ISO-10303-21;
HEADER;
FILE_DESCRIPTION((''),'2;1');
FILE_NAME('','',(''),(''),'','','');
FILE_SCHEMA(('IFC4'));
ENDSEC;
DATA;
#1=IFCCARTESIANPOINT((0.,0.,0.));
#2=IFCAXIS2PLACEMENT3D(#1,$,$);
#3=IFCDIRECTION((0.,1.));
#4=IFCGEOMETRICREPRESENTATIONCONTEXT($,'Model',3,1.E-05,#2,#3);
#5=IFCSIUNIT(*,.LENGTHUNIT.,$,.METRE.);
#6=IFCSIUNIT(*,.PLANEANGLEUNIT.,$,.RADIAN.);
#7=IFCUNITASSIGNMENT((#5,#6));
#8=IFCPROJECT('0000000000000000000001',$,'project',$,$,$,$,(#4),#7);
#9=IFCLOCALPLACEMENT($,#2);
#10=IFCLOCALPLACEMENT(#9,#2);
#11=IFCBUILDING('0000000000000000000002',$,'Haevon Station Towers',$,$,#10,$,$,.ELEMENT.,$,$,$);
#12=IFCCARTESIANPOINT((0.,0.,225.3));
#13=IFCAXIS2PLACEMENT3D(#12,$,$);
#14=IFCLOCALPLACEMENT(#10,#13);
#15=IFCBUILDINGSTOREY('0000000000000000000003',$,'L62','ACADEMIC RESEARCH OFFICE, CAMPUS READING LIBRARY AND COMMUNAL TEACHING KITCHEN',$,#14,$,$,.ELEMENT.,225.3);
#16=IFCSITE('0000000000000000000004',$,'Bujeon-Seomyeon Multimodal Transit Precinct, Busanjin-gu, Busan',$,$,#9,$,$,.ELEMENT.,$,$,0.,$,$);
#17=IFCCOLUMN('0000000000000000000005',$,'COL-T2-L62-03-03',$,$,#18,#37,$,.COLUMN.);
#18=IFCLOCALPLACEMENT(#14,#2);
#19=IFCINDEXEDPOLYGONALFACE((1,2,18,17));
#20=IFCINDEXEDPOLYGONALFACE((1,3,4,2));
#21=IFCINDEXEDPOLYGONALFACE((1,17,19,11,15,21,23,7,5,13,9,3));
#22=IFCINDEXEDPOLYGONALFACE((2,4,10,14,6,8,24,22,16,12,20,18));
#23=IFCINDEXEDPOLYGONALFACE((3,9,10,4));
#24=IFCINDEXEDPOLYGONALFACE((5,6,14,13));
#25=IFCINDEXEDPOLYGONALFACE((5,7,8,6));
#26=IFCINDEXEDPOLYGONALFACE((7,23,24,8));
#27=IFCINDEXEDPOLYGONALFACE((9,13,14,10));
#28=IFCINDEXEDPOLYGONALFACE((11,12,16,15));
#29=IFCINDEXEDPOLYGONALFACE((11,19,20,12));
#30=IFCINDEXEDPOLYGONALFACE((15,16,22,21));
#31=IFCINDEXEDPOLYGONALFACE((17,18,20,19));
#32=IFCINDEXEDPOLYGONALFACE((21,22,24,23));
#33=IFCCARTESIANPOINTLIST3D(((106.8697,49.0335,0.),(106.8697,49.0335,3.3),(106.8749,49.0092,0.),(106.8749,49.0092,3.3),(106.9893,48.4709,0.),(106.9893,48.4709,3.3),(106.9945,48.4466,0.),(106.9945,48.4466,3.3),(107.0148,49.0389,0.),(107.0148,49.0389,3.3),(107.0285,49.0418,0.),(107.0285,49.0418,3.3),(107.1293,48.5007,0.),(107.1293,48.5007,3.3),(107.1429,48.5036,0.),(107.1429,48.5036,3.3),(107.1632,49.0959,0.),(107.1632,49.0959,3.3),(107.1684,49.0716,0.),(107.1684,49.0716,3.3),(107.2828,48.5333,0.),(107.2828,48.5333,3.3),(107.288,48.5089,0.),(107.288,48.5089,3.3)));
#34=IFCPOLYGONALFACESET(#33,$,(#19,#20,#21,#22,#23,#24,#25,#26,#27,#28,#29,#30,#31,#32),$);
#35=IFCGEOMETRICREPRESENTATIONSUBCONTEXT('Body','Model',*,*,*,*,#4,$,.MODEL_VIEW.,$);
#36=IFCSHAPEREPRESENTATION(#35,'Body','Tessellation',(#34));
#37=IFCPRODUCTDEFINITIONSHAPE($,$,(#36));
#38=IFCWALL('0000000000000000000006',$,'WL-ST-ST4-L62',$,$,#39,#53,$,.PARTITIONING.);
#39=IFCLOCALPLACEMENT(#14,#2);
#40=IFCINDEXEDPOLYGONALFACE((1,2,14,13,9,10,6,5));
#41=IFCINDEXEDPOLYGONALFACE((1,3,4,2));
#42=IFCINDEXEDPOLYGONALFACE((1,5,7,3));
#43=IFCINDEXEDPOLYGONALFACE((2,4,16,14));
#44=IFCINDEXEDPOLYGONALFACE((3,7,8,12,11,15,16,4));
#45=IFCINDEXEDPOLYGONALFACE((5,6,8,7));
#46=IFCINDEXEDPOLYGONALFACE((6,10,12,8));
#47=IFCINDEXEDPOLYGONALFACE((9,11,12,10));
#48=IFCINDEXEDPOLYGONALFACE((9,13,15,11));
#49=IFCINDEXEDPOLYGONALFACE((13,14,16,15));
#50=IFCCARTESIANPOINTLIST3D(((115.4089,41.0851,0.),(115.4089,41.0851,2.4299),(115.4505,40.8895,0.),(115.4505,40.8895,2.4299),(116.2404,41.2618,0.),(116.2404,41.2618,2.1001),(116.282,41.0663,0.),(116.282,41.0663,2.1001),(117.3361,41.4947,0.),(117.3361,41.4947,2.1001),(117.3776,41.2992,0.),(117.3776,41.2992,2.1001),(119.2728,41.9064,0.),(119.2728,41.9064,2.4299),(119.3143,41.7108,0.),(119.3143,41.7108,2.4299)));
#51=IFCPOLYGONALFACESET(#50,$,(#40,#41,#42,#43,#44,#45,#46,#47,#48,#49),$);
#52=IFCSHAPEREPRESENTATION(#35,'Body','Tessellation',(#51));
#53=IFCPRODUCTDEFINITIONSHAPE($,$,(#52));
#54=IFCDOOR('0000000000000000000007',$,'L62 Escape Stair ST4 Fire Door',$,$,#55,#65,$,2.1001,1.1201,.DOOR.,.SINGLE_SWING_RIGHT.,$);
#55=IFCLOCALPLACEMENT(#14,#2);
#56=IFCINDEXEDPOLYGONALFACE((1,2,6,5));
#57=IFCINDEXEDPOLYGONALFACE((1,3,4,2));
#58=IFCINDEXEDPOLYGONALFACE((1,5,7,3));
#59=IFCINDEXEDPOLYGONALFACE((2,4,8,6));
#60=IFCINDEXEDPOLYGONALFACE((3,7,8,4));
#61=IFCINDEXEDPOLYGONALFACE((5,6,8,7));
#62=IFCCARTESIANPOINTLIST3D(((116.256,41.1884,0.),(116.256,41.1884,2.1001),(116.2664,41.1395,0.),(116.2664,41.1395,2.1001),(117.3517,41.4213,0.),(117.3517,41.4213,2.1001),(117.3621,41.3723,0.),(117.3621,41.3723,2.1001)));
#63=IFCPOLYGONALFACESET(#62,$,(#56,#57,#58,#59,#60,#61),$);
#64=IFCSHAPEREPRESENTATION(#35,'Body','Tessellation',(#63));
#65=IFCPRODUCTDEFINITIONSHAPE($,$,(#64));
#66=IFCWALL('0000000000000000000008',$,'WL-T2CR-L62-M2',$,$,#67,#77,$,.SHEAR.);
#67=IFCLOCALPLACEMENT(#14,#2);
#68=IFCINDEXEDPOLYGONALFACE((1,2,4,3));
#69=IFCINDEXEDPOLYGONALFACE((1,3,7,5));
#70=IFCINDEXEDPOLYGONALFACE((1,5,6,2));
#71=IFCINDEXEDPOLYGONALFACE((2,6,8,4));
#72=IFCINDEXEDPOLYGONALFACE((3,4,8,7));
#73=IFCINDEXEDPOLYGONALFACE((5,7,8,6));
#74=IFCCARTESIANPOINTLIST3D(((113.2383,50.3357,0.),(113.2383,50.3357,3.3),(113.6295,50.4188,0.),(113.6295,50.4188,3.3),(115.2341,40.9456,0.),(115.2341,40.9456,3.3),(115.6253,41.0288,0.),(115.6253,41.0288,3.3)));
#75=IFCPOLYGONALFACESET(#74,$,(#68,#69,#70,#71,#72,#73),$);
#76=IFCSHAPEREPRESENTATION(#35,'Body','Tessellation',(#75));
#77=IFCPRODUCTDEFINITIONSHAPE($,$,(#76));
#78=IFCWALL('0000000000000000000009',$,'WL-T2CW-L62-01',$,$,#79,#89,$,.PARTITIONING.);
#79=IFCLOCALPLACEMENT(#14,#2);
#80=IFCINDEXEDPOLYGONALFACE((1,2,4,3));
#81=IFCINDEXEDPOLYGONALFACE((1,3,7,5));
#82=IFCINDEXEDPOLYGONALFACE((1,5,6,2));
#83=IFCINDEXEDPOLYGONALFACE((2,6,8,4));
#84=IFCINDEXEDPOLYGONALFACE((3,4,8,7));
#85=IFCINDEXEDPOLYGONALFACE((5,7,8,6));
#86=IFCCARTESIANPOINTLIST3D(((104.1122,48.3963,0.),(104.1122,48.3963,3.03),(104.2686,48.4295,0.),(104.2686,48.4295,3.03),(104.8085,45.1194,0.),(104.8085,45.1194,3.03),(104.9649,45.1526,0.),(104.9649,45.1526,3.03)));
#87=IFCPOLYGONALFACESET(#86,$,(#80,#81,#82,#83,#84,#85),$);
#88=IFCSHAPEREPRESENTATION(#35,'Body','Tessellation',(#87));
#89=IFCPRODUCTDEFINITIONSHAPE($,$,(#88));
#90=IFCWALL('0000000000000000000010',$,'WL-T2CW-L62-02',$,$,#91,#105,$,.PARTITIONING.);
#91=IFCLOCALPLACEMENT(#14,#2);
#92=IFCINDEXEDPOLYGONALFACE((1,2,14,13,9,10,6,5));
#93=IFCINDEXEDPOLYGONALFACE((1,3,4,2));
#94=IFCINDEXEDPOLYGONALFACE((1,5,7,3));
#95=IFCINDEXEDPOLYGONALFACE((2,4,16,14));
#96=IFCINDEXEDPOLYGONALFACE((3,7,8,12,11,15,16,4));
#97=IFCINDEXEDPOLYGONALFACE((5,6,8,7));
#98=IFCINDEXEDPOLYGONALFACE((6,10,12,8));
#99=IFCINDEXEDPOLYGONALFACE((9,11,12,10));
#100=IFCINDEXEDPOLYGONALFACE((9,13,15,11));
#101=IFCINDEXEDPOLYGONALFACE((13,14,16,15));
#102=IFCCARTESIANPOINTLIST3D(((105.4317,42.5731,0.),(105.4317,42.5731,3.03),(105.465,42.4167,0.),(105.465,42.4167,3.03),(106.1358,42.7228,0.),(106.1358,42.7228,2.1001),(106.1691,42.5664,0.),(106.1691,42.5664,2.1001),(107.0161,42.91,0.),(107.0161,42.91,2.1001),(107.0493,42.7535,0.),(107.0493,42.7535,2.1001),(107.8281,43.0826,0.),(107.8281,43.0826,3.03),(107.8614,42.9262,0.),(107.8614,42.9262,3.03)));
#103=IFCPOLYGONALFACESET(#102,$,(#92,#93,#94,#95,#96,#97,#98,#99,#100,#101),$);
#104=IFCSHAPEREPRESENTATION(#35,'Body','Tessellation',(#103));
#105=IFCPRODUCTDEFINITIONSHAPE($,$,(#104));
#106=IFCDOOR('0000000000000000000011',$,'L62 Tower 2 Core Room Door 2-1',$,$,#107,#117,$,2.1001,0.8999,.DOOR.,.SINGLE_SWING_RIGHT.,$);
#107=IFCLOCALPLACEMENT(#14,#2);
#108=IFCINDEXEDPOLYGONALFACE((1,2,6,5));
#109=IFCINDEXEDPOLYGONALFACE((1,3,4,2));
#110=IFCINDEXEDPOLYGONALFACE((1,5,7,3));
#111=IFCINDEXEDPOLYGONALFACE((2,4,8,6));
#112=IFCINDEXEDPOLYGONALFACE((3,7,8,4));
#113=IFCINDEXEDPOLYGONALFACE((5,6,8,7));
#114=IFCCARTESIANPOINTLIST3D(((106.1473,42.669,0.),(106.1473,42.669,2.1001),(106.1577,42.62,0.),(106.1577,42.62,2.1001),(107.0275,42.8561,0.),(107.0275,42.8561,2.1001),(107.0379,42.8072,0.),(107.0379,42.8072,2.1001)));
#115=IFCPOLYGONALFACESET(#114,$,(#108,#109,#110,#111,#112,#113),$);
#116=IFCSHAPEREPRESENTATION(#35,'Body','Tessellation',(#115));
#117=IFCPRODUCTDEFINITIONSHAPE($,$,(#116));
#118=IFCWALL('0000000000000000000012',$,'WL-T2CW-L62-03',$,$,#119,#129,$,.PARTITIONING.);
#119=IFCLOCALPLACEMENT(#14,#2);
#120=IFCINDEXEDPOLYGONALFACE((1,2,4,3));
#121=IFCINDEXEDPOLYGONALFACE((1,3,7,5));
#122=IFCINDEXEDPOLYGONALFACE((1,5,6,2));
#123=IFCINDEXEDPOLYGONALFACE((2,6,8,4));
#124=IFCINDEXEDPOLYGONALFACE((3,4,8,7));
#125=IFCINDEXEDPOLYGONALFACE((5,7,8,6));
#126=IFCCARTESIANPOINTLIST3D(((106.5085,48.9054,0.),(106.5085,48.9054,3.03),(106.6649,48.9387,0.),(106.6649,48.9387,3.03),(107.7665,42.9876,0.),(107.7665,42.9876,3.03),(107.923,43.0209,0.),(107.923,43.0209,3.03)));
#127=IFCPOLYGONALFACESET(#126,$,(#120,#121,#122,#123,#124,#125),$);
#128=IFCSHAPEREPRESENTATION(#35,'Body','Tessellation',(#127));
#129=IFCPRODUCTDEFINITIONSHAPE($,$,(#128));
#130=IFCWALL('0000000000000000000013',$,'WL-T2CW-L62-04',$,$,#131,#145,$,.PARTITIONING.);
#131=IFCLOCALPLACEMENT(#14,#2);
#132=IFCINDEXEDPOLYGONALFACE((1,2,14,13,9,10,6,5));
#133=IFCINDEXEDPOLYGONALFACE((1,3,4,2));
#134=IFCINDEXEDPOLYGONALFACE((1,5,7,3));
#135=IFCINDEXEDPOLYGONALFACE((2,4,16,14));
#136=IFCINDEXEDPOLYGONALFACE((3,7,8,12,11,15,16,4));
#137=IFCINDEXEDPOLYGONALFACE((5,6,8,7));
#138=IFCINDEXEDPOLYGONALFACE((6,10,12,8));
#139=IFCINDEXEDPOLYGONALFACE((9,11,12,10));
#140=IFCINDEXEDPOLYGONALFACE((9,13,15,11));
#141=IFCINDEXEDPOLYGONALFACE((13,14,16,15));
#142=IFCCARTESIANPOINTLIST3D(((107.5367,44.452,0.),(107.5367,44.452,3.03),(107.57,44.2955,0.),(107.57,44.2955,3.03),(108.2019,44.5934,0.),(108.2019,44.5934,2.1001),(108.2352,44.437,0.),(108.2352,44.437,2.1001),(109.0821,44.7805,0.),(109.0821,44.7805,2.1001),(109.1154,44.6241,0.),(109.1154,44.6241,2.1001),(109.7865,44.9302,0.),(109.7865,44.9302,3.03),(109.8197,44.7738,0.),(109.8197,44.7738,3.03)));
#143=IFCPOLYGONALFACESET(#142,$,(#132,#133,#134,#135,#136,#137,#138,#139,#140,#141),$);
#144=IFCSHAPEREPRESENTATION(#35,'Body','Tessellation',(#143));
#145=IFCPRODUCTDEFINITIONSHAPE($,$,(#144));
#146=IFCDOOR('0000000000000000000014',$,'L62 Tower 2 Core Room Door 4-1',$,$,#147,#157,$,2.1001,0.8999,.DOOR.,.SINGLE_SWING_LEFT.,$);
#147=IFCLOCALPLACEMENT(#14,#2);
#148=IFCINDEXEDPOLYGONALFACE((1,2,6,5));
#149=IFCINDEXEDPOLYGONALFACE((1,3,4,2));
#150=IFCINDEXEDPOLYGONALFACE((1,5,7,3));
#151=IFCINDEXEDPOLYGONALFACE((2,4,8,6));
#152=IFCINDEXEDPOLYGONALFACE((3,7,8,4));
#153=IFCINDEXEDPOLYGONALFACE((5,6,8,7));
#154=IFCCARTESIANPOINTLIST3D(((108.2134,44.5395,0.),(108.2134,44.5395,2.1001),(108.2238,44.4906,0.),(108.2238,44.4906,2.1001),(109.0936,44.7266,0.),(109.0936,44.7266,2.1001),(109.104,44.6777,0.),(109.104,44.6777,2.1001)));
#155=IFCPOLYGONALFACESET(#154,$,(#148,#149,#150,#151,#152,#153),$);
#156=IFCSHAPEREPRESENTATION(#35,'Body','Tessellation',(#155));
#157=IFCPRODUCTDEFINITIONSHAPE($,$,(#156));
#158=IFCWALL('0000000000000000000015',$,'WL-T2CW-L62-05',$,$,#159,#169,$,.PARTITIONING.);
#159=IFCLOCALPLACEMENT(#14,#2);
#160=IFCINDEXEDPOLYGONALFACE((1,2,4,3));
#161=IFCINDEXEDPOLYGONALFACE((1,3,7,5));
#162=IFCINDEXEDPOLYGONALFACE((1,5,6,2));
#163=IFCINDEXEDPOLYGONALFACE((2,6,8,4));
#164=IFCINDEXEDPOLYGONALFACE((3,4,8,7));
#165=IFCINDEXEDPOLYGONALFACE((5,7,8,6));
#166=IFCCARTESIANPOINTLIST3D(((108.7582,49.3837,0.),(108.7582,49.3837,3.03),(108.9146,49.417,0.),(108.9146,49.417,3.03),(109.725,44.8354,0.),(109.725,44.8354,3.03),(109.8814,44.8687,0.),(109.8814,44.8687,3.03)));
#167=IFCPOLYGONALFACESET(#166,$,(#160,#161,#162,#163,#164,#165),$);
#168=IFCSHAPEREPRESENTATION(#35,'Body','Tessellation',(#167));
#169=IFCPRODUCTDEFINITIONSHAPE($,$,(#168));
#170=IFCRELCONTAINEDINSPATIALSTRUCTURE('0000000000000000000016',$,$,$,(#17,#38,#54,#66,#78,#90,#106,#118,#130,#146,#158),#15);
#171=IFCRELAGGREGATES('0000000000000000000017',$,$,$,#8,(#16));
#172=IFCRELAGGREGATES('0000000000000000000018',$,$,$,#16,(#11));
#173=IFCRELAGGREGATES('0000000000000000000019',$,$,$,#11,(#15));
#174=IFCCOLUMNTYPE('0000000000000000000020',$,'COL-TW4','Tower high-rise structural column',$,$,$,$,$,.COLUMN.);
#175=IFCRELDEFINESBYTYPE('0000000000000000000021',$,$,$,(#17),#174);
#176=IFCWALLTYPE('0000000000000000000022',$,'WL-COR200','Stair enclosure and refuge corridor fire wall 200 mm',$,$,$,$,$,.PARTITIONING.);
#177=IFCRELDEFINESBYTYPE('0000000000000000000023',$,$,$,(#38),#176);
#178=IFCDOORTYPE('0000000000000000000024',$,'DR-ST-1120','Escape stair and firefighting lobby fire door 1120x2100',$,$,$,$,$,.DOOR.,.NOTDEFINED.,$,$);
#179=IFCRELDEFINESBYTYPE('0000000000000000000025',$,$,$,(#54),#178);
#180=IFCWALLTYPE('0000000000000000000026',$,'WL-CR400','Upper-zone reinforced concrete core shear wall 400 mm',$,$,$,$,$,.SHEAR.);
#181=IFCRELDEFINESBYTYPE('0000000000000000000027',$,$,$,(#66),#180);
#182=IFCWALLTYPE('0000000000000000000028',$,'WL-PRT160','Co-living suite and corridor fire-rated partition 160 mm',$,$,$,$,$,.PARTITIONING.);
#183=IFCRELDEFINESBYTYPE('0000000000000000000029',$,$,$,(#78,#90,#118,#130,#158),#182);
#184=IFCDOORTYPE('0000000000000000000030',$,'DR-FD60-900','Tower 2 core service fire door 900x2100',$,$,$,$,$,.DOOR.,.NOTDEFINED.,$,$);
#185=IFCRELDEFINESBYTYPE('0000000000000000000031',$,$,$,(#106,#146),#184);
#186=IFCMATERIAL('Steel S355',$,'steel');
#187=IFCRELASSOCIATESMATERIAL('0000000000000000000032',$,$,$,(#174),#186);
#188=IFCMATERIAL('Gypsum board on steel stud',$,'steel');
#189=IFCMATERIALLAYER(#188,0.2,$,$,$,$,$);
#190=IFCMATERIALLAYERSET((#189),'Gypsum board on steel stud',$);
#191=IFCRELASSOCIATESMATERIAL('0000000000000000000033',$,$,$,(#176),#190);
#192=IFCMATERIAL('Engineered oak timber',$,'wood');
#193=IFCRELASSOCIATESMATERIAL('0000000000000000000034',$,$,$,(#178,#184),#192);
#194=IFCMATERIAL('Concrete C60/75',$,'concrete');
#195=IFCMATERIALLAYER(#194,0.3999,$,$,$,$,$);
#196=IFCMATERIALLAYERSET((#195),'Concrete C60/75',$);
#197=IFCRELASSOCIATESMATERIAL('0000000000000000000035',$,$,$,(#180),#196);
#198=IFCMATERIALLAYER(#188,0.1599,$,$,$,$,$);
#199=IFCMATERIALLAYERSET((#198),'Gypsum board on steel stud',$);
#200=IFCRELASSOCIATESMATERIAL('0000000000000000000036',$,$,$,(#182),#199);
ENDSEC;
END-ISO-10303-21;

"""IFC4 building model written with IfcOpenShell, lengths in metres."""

from ifc_helpers import new_model, si_unit, direction, frame, frame_2d, origin, origin_2d, place, context, subcontext, project, spatial, rectangle, i_section, extrude, material, layer, layer_set, material_profile, profile_set, type_object, element, fill, save


model = new_model("IFC4")

# Units and contexts
model_context = context("Model", 3, precision=1e-05, world=origin(), true_north=direction((0.0, 1.0)))
body_context = subcontext(model_context, "Body", "Model", "MODEL_VIEW")
ifc_project = project(units=[si_unit("LENGTHUNIT", "METRE"), si_unit("PLANEANGLEUNIT", "RADIAN")], contexts=[model_context])

# Site, building, storey
site_placement = place(None, origin())
site = spatial("IfcSite", under=ifc_project, at=site_placement, Name="Bujeon-Seomyeon Multimodal Transit Precinct, Busanjin-gu, Busan", CompositionType="ELEMENT", RefElevation=0.0)
building_placement = place(site_placement, origin())
building = spatial("IfcBuilding", under=site, at=building_placement, Name="Haevon Station Towers", CompositionType="ELEMENT")
storey_placement = place(building_placement, frame((0.0, 0.0, 225.3)))
storey = spatial("IfcBuildingStorey", under=building, at=storey_placement, Name="L62", Description="ACADEMIC RESEARCH OFFICE, CAMPUS READING LIBRARY AND COMMUNAL TEACHING KITCHEN", CompositionType="ELEMENT", Elevation=225.3)

# Column
ifc_material_1 = material(Name="Steel S355", Category="steel")
ifc_material_profile = material_profile(ifc_material_1, i_section(OverallWidth=0.3, OverallDepth=0.6001, WebThickness=0.0139, FlangeThickness=0.0249, at=origin_2d()), Name="H-600x300x14x25")
ifc_profile_set = profile_set([ifc_material_profile], Name="Steel S355")
column_type = type_object("IfcColumnType", Name="COL-TW4", Description="Tower high-rise structural column", PredefinedType="COLUMN", material=ifc_profile_set)
column_placement = place(storey_placement, frame((107.0789, 48.7712, 0.0), z_axis=(0.0, 0.0, 1.0), x_axis=(0.978148, 0.207912, 0.0)))
element("IfcColumn", 1, at=column_placement, inside=storey, type_object=column_type, Name="COL-T2-L62-03-03", PredefinedType="COLUMN", context=body_context, shape_type="SweptSolid", body=[
    extrude(i_section(OverallWidth=0.3, OverallDepth=0.6001, WebThickness=0.0139, FlangeThickness=0.0249, at=origin_2d()), origin(), (0.0, 0.0, 1.0), 3.3),
])

# Wall, opening, door
ifc_material_2 = material(Name="Gypsum board on steel stud", Category="steel")
ifc_layer_1 = layer(ifc_material_2, 0.2)
ifc_layer_set_1 = layer_set([ifc_layer_1], Name="Gypsum board on steel stud")
wall_type_1 = type_object("IfcWallType", Name="WL-COR200", Description="Stair enclosure and refuge corridor fire wall 200 mm", PredefinedType="PARTITIONING", material=ifc_layer_set_1)
wall_1_placement = place(storey_placement, frame((115.4297, 40.9873, 0.0), z_axis=(0.0, 0.0, 1.0), x_axis=(0.978147, 0.207916, 0.0)))
wall_1 = element("IfcWall", 2, at=wall_1_placement, inside=storey, type_object=wall_type_1, Name="WL-ST-ST4-L62", PredefinedType="PARTITIONING", context=body_context, shape_type="SweptSolid", body=[
    extrude(rectangle(XDim=3.9502, YDim=0.2, at=frame_2d((1.9751, 0.0))), origin(), (0.0, 0.0, 1.0), 2.4299),
])
opening_1_placement = place(wall_1_placement, frame((0.8501, 0.0, 0.0)))
opening_1 = element("IfcOpeningElement", 3, at=opening_1_placement, cuts=wall_1, PredefinedType="OPENING", context=body_context, shape_type="SweptSolid", body=[
    extrude(rectangle(XDim=1.1201, YDim=2.1001, at=frame_2d((0.5601, 1.05))), frame((0.0, 0.1099, 0.0), z_axis=(0.0, -1.0, 0.0), x_axis=(1.0, 0.0, 0.0)), (0.0, 0.0, 1.0), 0.22),
])
ifc_material_3 = material(Name="Engineered oak timber", Category="wood")
door_type_1 = type_object("IfcDoorType", Name="DR-ST-1120", Description="Escape stair and firefighting lobby fire door 1120x2100", OperationType="NOTDEFINED", PredefinedType="DOOR", material=ifc_material_3)
door_1_placement = place(opening_1_placement, origin())
door_1 = element("IfcDoor", 4, at=door_1_placement, inside=storey, type_object=door_type_1, Name="L62 Escape Stair ST4 Fire Door", OperationType="SINGLE_SWING_RIGHT", OverallHeight=2.1001, OverallWidth=1.1201, PredefinedType="DOOR", context=body_context, shape_type="SweptSolid", body=[
    extrude(rectangle(XDim=1.1201, YDim=2.1001, at=frame_2d((0.5601, 1.05))), frame((0.0, 0.0249, 0.0), z_axis=(0.0, -1.0, 0.0), x_axis=(1.0, 0.0, 0.0)), (0.0, 0.0, 1.0), 0.05),
])
fill(opening_1, door_1)

# Walls
ifc_material_4 = material(Name="Concrete C60/75", Category="concrete")
ifc_layer_2 = layer(ifc_material_4, 0.3999)
ifc_layer_set_2 = layer_set([ifc_layer_2], Name="Concrete C60/75")
wall_type_2 = type_object("IfcWallType", Name="WL-CR400", Description="Upper-zone reinforced concrete core shear wall 400 mm", PredefinedType="SHEAR", material=ifc_layer_set_2)
wall_2_placement = place(storey_placement, frame((115.4297, 40.9873, 0.0), z_axis=(0.0, 0.0, 1.0), x_axis=(-0.207903, 0.978149, 0.0)))
element("IfcWall", 5, at=wall_2_placement, inside=storey, type_object=wall_type_2, Name="WL-T2CR-L62-M2", PredefinedType="SHEAR", context=body_context, shape_type="SweptSolid", body=[
    extrude(rectangle(XDim=9.5999, YDim=0.3999, at=frame_2d((4.7998, 0.0))), origin(), (0.0, 0.0, 1.0), 3.3),
])
ifc_layer_3 = layer(ifc_material_2, 0.1599)
ifc_layer_set_3 = layer_set([ifc_layer_3], Name="Gypsum board on steel stud")
wall_type_3 = type_object("IfcWallType", Name="WL-PRT160", Description="Co-living suite and corridor fire-rated partition 160 mm", PredefinedType="PARTITIONING", material=ifc_layer_set_3)
wall_3_placement = place(storey_placement, frame((104.8867, 45.136, 0.0), z_axis=(0.0, 0.0, 1.0), x_axis=(-0.207847, 0.978161, 0.0)))
element("IfcWall", 6, at=wall_3_placement, inside=storey, type_object=wall_type_3, Name="WL-T2CW-L62-01", PredefinedType="PARTITIONING", context=body_context, shape_type="SweptSolid", body=[
    extrude(rectangle(XDim=3.3501, YDim=0.1599, at=frame_2d((1.675, 0.0))), origin(), (0.0, 0.0, 1.0), 3.03),
])

# Wall, opening, door
wall_4_placement = place(storey_placement, frame((105.4482, 42.4949, 0.0), z_axis=(0.0, 0.0, 1.0), x_axis=(0.978137, 0.207964, 0.0)))
wall_4 = element("IfcWall", 7, at=wall_4_placement, inside=storey, type_object=wall_type_3, Name="WL-T2CW-L62-02", PredefinedType="PARTITIONING", context=body_context, shape_type="SweptSolid", body=[
    extrude(rectangle(XDim=2.45, YDim=0.1599, at=frame_2d((1.2251, 0.0))), origin(), (0.0, 0.0, 1.0), 3.03),
])
opening_2_placement = place(wall_4_placement, frame((0.72, 0.0, 0.0)))
opening_2 = element("IfcOpeningElement", 8, at=opening_2_placement, cuts=wall_4, PredefinedType="OPENING", context=body_context, shape_type="SweptSolid", body=[
    extrude(rectangle(XDim=0.8999, YDim=2.1001, at=frame_2d((0.45, 1.05))), frame((0.0, 0.0898, 0.0), z_axis=(0.0, -1.0, 0.0), x_axis=(1.0, 0.0, 0.0)), (0.0, 0.0, 1.0), 0.1799),
])
door_type_2 = type_object("IfcDoorType", Name="DR-FD60-900", Description="Tower 2 core service fire door 900x2100", OperationType="NOTDEFINED", PredefinedType="DOOR", material=ifc_material_3)
door_2_placement = place(opening_2_placement, origin())
door_2 = element("IfcDoor", 9, at=door_2_placement, inside=storey, type_object=door_type_2, Name="L62 Tower 2 Core Room Door 2-1", OperationType="SINGLE_SWING_RIGHT", OverallHeight=2.1001, OverallWidth=0.8999, PredefinedType="DOOR", context=body_context, shape_type="SweptSolid", body=[
    extrude(rectangle(XDim=0.8999, YDim=2.1001, at=frame_2d((0.45, 1.05))), frame((0.0, 0.0249, 0.0), z_axis=(0.0, -1.0, 0.0), x_axis=(1.0, 0.0, 0.0)), (0.0, 0.0, 1.0), 0.05),
])
fill(opening_2, door_2)

# Wall
wall_5_placement = place(storey_placement, frame((107.8447, 43.0044, 0.0), z_axis=(0.0, 0.0, 1.0), x_axis=(-0.207944, 0.978141, 0.0)))
element("IfcWall", 10, at=wall_5_placement, inside=storey, type_object=wall_type_3, Name="WL-T2CW-L62-03", PredefinedType="PARTITIONING", context=body_context, shape_type="SweptSolid", body=[
    extrude(rectangle(XDim=6.05, YDim=0.1599, at=frame_2d((3.0249, 0.0))), origin(), (0.0, 0.0, 1.0), 3.03),
])

# Wall, opening, door
wall_6_placement = place(storey_placement, frame((107.5535, 44.3738, 0.0), z_axis=(0.0, 0.0, 1.0), x_axis=(0.978141, 0.207941, 0.0)))
wall_6 = element("IfcWall", 11, at=wall_6_placement, inside=storey, type_object=wall_type_3, Name="WL-T2CW-L62-04", PredefinedType="PARTITIONING", context=body_context, shape_type="SweptSolid", body=[
    extrude(rectangle(XDim=2.3, YDim=0.1599, at=frame_2d((1.1499, 0.0))), origin(), (0.0, 0.0, 1.0), 3.03),
])
opening_3_placement = place(wall_6_placement, frame((0.6799, 0.0, 0.0)))
opening_3 = element("IfcOpeningElement", 12, at=opening_3_placement, cuts=wall_6, PredefinedType="OPENING", context=body_context, shape_type="SweptSolid", body=[
    extrude(rectangle(XDim=0.8999, YDim=2.1001, at=frame_2d((0.45, 1.05))), frame((0.0, 0.0898, 0.0), z_axis=(0.0, -1.0, 0.0), x_axis=(1.0, 0.0, 0.0)), (0.0, 0.0, 1.0), 0.1799),
])
door_3_placement = place(opening_3_placement, origin())
door_3 = element("IfcDoor", 13, at=door_3_placement, inside=storey, type_object=door_type_2, Name="L62 Tower 2 Core Room Door 4-1", OperationType="SINGLE_SWING_LEFT", OverallHeight=2.1001, OverallWidth=0.8999, PredefinedType="DOOR", context=body_context, shape_type="SweptSolid", body=[
    extrude(rectangle(XDim=0.8999, YDim=2.1001, at=frame_2d((0.45, 1.05))), frame((0.0, 0.0249, 0.0), z_axis=(0.0, -1.0, 0.0), x_axis=(1.0, 0.0, 0.0)), (0.0, 0.0, 1.0), 0.05),
])
fill(opening_3, door_3)

# Wall
wall_7_placement = place(storey_placement, frame((109.8032, 44.8521, 0.0), z_axis=(0.0, 0.0, 1.0), x_axis=(-0.207915, 0.978147, 0.0)))
element("IfcWall", 14, at=wall_7_placement, inside=storey, type_object=wall_type_3, Name="WL-T2CW-L62-05", PredefinedType="PARTITIONING", context=body_context, shape_type="SweptSolid", body=[
    extrude(rectangle(XDim=4.6499, YDim=0.1599, at=frame_2d((2.325, 0.0))), origin(), (0.0, 0.0, 1.0), 3.03),
])

save(model, "model.ifc")
